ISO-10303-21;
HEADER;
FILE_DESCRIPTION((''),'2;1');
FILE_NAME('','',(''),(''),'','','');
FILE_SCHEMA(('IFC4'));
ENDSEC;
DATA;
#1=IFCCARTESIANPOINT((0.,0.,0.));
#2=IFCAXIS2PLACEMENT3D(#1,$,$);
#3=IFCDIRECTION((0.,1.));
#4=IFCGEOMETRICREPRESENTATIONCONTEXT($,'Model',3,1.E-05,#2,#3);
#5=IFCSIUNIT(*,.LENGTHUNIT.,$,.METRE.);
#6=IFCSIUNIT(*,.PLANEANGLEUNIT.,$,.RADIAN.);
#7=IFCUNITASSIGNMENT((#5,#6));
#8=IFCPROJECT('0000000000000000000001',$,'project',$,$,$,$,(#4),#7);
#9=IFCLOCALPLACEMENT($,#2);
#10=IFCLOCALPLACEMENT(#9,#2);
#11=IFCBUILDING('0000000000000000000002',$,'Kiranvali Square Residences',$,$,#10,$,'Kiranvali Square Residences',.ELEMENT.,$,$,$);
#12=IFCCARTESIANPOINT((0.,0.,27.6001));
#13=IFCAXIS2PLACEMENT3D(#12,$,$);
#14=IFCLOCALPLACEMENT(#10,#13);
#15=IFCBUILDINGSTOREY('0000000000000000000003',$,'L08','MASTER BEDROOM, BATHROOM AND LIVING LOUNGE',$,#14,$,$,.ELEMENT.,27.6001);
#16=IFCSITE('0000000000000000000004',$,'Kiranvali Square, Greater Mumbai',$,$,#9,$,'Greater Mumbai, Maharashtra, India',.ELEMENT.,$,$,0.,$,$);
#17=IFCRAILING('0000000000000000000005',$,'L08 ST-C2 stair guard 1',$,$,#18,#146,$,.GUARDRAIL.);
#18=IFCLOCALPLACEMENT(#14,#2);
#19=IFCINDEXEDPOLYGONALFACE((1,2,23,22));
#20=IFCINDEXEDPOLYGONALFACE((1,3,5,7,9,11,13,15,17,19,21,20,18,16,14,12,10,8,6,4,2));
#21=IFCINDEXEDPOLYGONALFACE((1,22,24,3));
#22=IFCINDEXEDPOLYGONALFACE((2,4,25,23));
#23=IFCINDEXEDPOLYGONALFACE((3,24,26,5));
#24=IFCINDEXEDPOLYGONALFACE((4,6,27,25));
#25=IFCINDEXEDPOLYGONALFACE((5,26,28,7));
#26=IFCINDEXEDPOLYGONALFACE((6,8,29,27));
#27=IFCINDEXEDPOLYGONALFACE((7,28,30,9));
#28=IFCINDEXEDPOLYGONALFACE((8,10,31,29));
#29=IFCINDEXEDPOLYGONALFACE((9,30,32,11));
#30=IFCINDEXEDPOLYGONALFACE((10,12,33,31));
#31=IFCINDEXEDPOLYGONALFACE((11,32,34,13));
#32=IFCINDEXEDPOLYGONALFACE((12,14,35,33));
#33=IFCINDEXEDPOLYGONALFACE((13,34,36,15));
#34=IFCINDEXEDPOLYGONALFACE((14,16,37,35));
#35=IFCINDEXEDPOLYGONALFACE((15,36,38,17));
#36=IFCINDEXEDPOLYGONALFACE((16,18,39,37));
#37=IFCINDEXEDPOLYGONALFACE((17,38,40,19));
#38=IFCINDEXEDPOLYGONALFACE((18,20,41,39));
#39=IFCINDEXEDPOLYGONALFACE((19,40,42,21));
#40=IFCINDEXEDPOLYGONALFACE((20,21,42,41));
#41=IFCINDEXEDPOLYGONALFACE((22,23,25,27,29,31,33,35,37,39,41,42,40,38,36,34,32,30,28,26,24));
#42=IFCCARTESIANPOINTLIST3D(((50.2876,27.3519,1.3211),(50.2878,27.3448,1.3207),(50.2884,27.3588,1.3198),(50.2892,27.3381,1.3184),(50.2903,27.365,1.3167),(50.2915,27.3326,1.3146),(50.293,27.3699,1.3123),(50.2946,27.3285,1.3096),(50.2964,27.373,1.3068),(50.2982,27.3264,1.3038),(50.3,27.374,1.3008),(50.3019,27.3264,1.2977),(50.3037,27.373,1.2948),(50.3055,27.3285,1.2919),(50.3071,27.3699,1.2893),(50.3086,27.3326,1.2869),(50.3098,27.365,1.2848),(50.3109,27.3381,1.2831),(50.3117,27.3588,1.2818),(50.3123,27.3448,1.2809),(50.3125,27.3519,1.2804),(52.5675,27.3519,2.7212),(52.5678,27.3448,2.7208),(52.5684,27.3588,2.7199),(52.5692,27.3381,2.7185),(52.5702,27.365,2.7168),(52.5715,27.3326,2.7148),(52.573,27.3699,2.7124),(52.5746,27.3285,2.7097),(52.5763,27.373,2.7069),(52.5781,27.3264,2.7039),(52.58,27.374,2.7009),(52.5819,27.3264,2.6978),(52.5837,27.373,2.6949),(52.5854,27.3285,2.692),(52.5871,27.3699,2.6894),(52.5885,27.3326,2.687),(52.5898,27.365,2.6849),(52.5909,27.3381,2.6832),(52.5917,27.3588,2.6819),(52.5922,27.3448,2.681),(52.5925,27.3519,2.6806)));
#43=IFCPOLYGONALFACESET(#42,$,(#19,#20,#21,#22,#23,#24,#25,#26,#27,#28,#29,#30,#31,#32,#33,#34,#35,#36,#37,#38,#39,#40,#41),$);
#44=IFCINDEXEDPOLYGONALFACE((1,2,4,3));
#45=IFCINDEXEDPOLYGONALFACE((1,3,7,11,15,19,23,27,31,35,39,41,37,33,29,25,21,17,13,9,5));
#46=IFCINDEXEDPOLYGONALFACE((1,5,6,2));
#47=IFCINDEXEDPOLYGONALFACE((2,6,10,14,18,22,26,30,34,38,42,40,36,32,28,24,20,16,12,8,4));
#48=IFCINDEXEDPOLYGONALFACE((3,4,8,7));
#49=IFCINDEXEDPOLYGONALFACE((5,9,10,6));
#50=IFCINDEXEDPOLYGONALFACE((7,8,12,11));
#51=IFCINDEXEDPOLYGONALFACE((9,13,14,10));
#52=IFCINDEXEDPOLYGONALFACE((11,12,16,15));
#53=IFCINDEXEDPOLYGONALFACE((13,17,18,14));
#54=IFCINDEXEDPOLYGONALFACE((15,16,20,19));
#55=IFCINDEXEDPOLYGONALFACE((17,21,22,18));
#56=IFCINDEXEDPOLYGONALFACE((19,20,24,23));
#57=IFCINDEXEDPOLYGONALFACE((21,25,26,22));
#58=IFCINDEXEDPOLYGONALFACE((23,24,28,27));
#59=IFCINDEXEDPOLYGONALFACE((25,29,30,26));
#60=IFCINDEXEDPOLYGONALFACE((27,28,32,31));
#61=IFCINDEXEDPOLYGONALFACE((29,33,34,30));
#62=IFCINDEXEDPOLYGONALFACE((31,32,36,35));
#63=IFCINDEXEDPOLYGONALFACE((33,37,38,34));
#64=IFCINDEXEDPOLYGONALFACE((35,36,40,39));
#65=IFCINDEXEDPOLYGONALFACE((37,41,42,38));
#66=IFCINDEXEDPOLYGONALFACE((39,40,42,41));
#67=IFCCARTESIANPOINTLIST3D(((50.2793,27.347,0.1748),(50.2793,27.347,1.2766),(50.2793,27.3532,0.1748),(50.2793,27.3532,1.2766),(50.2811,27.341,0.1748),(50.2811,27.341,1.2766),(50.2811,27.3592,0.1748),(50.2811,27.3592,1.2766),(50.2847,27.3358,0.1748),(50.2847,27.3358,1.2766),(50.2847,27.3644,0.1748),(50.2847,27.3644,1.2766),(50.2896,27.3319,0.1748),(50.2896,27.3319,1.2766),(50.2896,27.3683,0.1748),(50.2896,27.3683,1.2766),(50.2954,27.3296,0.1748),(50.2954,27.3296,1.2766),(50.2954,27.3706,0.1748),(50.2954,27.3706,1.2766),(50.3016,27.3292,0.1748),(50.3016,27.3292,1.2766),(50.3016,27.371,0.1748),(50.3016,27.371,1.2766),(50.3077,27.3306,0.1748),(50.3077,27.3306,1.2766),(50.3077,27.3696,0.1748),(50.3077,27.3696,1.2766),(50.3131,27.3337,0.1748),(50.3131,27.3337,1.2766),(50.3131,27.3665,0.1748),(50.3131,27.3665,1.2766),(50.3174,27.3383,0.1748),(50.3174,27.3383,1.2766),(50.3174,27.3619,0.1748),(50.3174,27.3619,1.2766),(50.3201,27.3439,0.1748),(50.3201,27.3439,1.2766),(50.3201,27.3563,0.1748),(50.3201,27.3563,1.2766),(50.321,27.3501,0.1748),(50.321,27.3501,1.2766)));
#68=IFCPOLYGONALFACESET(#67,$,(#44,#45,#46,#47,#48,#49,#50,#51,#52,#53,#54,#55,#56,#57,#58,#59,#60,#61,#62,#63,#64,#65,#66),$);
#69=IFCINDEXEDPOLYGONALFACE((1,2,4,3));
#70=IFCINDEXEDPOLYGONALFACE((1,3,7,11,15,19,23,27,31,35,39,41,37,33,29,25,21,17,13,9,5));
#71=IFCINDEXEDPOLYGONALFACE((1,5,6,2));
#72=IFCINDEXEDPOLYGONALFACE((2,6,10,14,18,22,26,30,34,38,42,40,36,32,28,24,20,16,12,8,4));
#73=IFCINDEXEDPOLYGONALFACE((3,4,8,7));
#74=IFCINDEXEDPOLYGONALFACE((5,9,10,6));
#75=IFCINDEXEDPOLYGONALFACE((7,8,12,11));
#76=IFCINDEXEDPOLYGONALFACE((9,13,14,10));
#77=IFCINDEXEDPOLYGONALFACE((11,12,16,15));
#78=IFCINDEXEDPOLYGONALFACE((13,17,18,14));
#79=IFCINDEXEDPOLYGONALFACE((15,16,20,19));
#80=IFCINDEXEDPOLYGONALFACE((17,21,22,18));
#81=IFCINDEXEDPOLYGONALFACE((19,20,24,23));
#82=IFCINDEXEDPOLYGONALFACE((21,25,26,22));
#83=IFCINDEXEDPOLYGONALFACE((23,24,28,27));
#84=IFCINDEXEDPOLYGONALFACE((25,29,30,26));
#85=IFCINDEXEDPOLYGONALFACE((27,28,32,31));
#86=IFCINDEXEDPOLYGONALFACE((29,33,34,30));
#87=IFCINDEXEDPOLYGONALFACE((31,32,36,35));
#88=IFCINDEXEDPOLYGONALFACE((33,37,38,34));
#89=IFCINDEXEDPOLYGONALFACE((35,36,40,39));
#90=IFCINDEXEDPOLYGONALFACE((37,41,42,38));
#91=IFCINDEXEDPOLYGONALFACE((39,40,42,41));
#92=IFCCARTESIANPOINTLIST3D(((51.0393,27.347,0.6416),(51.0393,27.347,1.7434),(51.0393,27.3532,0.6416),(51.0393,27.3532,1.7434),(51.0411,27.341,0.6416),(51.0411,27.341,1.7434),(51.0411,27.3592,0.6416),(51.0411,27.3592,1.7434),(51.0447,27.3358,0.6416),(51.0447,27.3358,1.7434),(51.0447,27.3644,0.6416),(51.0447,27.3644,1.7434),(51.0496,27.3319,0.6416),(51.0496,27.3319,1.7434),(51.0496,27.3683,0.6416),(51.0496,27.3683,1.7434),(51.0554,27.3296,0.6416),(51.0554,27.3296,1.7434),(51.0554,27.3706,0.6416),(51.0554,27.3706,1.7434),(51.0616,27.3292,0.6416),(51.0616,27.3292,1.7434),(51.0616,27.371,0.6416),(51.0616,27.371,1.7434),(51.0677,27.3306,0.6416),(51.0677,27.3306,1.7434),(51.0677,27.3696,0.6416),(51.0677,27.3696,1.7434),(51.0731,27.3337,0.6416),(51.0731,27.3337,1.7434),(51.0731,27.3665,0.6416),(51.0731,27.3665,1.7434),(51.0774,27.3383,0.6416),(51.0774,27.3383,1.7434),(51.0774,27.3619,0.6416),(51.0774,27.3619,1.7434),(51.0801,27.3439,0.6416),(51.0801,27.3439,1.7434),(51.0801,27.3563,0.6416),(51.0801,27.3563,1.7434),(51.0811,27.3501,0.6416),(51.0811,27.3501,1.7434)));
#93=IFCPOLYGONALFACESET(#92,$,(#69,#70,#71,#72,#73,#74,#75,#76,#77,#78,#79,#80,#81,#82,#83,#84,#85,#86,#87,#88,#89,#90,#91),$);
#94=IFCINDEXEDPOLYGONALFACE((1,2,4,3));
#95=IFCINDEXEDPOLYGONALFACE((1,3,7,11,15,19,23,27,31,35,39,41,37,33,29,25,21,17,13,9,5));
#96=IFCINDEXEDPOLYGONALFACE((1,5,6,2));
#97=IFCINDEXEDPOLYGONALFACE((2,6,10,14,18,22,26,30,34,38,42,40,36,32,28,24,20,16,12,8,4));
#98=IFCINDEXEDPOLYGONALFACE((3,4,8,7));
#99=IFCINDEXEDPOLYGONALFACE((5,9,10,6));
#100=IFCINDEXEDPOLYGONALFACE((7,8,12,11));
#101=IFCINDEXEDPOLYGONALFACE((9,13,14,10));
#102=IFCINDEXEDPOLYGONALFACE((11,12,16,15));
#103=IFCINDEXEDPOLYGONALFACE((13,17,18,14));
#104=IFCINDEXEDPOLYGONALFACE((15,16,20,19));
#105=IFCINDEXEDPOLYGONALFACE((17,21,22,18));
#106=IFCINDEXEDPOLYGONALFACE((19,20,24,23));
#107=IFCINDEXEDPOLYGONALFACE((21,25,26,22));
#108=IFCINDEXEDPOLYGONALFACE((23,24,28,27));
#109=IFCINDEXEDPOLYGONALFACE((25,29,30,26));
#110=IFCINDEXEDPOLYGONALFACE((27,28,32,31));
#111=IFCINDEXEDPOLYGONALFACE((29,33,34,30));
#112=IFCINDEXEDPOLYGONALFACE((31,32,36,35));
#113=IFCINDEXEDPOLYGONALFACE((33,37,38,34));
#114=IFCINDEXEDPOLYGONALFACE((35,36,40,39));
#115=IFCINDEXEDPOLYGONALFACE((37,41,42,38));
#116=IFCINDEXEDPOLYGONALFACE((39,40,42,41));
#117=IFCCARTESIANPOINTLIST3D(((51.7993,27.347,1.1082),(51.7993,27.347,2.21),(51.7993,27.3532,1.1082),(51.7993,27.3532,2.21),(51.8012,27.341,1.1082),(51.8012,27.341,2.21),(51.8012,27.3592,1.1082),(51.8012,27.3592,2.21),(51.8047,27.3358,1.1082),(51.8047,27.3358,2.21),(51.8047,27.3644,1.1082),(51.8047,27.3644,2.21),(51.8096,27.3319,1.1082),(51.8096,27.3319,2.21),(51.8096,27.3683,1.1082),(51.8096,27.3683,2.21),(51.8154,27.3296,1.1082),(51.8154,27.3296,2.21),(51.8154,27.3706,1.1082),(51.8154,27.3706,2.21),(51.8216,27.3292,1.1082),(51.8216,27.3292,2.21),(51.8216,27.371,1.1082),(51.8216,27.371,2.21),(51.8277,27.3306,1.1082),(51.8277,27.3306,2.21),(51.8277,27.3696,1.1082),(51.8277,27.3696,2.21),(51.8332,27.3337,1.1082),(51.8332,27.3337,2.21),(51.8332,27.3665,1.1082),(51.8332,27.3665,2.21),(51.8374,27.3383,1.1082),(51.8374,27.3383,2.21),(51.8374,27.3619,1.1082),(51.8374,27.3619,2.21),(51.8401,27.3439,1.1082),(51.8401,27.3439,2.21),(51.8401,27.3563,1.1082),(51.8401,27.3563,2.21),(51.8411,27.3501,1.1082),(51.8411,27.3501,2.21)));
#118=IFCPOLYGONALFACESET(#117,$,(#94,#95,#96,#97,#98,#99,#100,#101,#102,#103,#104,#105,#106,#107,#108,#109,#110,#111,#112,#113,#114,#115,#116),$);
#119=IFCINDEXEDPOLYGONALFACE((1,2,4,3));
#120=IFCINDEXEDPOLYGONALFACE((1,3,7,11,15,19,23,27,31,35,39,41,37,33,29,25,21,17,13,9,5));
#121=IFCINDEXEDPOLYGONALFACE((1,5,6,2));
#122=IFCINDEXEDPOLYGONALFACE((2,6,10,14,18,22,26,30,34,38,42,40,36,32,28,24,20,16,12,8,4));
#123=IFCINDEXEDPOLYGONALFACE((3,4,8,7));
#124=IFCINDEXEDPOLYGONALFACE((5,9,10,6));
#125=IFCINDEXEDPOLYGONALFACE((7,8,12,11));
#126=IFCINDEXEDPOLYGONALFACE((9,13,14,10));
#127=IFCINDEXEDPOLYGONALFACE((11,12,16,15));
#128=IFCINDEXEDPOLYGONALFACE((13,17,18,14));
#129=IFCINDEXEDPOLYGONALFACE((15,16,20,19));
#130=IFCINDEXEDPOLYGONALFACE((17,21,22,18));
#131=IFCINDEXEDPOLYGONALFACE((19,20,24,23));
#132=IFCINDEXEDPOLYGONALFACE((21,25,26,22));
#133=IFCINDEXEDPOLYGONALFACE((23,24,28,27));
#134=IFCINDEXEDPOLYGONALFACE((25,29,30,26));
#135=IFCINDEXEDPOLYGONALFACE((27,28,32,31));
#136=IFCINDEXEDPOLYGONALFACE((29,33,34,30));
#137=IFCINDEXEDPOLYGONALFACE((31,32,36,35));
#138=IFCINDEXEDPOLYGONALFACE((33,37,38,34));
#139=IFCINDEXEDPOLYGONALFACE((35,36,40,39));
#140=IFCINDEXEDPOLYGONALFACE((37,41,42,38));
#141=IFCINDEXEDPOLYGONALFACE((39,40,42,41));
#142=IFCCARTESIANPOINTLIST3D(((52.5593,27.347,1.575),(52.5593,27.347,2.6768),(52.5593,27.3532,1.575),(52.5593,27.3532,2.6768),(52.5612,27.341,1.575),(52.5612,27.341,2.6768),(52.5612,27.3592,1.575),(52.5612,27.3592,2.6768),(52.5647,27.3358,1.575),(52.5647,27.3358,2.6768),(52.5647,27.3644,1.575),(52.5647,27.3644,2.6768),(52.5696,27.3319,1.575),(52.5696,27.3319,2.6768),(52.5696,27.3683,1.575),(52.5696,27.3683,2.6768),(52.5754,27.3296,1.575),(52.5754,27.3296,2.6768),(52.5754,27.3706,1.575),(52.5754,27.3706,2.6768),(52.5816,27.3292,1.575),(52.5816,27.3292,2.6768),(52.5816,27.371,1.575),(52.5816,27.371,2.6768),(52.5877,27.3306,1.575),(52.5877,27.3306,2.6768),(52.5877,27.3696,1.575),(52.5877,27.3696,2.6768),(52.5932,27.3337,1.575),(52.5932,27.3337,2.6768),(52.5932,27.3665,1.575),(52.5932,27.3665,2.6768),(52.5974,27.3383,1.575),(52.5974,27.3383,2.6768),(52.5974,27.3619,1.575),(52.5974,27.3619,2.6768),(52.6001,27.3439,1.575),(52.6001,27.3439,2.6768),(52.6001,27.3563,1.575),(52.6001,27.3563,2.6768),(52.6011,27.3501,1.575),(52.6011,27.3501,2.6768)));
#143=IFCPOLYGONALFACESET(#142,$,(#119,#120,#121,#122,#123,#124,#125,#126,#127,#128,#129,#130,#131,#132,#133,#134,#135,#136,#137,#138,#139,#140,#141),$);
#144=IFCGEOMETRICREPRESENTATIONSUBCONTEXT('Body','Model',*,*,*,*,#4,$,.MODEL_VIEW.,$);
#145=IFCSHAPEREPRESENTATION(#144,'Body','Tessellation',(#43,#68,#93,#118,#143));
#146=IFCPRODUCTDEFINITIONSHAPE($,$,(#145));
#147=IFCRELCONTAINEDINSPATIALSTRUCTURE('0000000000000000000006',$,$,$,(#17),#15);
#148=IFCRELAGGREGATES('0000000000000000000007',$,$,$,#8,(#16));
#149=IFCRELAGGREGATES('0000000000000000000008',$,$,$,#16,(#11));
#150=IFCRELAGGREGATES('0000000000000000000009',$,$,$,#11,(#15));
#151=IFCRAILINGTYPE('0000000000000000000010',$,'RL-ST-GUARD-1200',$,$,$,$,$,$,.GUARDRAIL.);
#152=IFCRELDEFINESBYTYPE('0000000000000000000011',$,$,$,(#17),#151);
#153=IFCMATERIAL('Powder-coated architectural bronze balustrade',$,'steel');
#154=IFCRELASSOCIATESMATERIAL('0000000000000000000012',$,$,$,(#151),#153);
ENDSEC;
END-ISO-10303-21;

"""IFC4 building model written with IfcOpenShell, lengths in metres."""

from ifc_helpers import new_model, si_unit, direction, frame, origin, origin_2d, place, context, subcontext, project, spatial, circle, extrude, material, type_object, element, save


model = new_model("IFC4")

# Units and contexts
model_context = context("Model", 3, precision=1e-05, world=origin(), true_north=direction((0.0, 1.0)))
body_context = subcontext(model_context, "Body", "Model", "MODEL_VIEW")
ifc_project = project(units=[si_unit("LENGTHUNIT", "METRE"), si_unit("PLANEANGLEUNIT", "RADIAN")], contexts=[model_context])

# Site, building, storey
site_placement = place(None, origin())
site = spatial("IfcSite", under=ifc_project, at=site_placement, Name="Kiranvali Square, Greater Mumbai", LongName="Greater Mumbai, Maharashtra, India", CompositionType="ELEMENT", RefElevation=0.0)
building_placement = place(site_placement, origin())
building = spatial("IfcBuilding", under=site, at=building_placement, Name="Kiranvali Square Residences", LongName="Kiranvali Square Residences", CompositionType="ELEMENT")
storey_placement = place(building_placement, frame((0.0, 0.0, 27.6001)))
storey = spatial("IfcBuildingStorey", under=building, at=storey_placement, Name="L08", Description="MASTER BEDROOM, BATHROOM AND LIVING LOUNGE", CompositionType="ELEMENT", Elevation=27.6001)

# Railing
ifc_material_1 = material(Name="Powder-coated architectural bronze balustrade", Category="steel")
railing_type_1 = type_object("IfcRailingType", Name="RL-ST-GUARD-1200", PredefinedType="GUARDRAIL", material=ifc_material_1)
railing_1_placement = place(storey_placement, frame((50.3, 27.3501, 0.1748)))
element("IfcRailing", 1, at=railing_1_placement, inside=storey, type_object=railing_type_1, Name="L08 ST-C2 stair guard 1", PredefinedType="GUARDRAIL", context=body_context, shape_type="SweptSolid", body=[
    extrude(circle(Radius=0.0239, at=origin_2d()), frame((0.0, 0.0, 1.126), z_axis=(0.85215, 0.0, 0.523298), x_axis=(0.0, 1.0, 0.0)), (0.0, 0.0, 1.0), 2.6755),
    extrude(circle(Radius=0.021, at=origin_2d()), origin(), (0.0, 0.0, 1.0), 1.1018),
    extrude(circle(Radius=0.021, at=origin_2d()), frame((0.76, 0.0, 0.4668)), (0.0, 0.0, 1.0), 1.1018),
    extrude(circle(Radius=0.021, at=origin_2d()), frame((1.52, 0.0, 0.9333)), (0.0, 0.0, 1.0), 1.1018),
    extrude(circle(Radius=0.021, at=origin_2d()), frame((2.28, 0.0, 1.4001)), (0.0, 0.0, 1.0), 1.1018),
])

save(model, "model.ifc")
